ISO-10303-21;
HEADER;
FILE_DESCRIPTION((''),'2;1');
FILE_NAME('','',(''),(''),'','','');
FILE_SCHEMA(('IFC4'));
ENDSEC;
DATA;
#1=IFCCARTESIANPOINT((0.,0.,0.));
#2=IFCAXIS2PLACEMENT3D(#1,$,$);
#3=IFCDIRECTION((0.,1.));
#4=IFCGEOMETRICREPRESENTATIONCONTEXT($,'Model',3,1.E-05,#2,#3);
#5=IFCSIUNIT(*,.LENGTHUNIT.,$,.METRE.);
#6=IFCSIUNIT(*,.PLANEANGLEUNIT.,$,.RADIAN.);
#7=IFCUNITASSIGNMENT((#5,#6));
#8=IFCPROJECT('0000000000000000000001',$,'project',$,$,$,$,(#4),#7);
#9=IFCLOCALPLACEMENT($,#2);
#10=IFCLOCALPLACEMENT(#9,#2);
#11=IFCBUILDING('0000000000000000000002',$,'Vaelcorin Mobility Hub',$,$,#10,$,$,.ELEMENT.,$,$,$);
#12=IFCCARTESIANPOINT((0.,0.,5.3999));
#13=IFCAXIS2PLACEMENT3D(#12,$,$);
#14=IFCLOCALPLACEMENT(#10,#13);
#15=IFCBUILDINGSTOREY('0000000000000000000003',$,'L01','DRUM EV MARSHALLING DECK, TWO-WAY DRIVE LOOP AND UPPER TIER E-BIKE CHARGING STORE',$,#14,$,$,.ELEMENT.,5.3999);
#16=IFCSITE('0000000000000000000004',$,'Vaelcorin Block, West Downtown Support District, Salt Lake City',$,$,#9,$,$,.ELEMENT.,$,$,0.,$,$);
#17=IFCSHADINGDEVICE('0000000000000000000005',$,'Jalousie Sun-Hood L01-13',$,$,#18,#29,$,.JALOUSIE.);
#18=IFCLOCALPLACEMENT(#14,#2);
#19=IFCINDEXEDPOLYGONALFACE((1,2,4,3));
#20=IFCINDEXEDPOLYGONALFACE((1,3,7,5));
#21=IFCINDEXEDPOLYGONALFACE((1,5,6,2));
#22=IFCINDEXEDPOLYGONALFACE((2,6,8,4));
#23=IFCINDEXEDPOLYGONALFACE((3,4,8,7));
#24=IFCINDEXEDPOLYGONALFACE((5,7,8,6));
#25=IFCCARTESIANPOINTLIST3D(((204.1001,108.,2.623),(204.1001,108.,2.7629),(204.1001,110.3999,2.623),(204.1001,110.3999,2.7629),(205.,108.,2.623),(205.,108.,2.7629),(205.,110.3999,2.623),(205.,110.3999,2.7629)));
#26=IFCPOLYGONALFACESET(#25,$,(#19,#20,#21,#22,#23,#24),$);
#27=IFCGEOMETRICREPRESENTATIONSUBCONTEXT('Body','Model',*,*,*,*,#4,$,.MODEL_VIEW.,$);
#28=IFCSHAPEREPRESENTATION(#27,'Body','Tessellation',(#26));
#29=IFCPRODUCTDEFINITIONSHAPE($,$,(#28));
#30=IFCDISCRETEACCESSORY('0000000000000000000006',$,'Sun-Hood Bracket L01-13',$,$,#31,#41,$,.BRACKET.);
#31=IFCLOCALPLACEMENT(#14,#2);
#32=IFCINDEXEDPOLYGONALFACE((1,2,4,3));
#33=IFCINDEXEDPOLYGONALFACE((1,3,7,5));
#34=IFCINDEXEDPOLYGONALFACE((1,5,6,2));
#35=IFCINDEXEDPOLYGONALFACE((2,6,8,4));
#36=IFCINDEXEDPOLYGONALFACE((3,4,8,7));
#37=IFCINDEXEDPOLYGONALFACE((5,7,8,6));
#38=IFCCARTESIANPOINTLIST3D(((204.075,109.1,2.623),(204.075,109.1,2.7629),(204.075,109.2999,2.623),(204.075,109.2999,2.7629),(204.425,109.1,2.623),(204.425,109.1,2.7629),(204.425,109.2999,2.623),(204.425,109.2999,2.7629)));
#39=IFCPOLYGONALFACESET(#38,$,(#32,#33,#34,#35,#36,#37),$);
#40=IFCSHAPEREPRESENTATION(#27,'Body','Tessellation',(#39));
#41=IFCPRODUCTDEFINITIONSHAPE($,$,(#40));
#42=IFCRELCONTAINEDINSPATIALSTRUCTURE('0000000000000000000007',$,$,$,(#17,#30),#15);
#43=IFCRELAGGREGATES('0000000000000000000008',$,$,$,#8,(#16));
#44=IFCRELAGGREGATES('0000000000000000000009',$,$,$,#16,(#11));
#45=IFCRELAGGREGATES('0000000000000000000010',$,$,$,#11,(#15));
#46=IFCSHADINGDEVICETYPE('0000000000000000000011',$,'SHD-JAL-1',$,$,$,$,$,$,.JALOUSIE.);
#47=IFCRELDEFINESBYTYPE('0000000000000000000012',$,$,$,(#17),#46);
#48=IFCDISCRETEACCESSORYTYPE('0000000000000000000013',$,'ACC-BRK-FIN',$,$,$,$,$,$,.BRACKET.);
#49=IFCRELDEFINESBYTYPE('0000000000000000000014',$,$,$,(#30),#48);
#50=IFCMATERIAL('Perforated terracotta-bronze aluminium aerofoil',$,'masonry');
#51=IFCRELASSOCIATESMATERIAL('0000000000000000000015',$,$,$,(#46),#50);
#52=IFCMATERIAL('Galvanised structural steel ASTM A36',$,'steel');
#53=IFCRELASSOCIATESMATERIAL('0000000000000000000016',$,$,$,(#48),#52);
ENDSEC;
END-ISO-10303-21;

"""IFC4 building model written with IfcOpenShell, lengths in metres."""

from ifc_helpers import new_model, si_unit, direction, frame, origin, origin_2d, place, context, subcontext, project, spatial, rectangle, extrude, material, type_object, element, save


model = new_model("IFC4")

# Units and contexts
model_context = context("Model", 3, precision=1e-05, world=origin(), true_north=direction((0.0, 1.0)))
body_context = subcontext(model_context, "Body", "Model", "MODEL_VIEW")
ifc_project = project(units=[si_unit("LENGTHUNIT", "METRE"), si_unit("PLANEANGLEUNIT", "RADIAN")], contexts=[model_context])

# Site, building, storey
site_placement = place(None, origin())
site = spatial("IfcSite", under=ifc_project, at=site_placement, Name="Vaelcorin Block, West Downtown Support District, Salt Lake City", CompositionType="ELEMENT", RefElevation=0.0)
building_placement = place(site_placement, origin())
building = spatial("IfcBuilding", under=site, at=building_placement, Name="Vaelcorin Mobility Hub", CompositionType="ELEMENT")
storey_placement = place(building_placement, frame((0.0, 0.0, 5.3999)))
storey = spatial("IfcBuildingStorey", under=building, at=storey_placement, Name="L01", Description="DRUM EV MARSHALLING DECK, TWO-WAY DRIVE LOOP AND UPPER TIER E-BIKE CHARGING STORE", CompositionType="ELEMENT", Elevation=5.3999)

# Shared definitions
ifc_material_1 = material(Name="Galvanised structural steel ASTM A36", Category="steel")

# Shading device
ifc_material_2 = material(Name="Perforated terracotta-bronze aluminium aerofoil", Category="masonry")
shading_device_type = type_object("IfcShadingDeviceType", Name="SHD-JAL-1", PredefinedType="JALOUSIE", material=ifc_material_2)
shading_device_placement = place(storey_placement, frame((204.55, 109.2, 2.623), z_axis=(0.0, 0.0, 1.0), x_axis=(1.0, 0.0, 0.0)))
element("IfcShadingDevice", 1, at=shading_device_placement, inside=storey, type_object=shading_device_type, Name="Jalousie Sun-Hood L01-13", PredefinedType="JALOUSIE", context=body_context, shape_type="SweptSolid", body=[
    extrude(rectangle(XDim=0.8999, YDim=2.3999, at=origin_2d()), origin(), (0.0, 0.0, 1.0), 0.1399),
])

# Discrete accessory
discrete_accessory_type = type_object("IfcDiscreteAccessoryType", Name="ACC-BRK-FIN", PredefinedType="BRACKET", material=ifc_material_1)
discrete_accessory_placement = place(storey_placement, frame((204.25, 109.2, 2.623), z_axis=(0.0, 0.0, 1.0), x_axis=(1.0, 0.0, 0.0)))
element("IfcDiscreteAccessory", 2, at=discrete_accessory_placement, inside=storey, type_object=discrete_accessory_type, Name="Sun-Hood Bracket L01-13", PredefinedType="BRACKET", context=body_context, shape_type="SweptSolid", body=[
    extrude(rectangle(XDim=0.3501, YDim=0.2, at=origin_2d()), origin(), (0.0, 0.0, 1.0), 0.1399),
])

save(model, "model.ifc")
